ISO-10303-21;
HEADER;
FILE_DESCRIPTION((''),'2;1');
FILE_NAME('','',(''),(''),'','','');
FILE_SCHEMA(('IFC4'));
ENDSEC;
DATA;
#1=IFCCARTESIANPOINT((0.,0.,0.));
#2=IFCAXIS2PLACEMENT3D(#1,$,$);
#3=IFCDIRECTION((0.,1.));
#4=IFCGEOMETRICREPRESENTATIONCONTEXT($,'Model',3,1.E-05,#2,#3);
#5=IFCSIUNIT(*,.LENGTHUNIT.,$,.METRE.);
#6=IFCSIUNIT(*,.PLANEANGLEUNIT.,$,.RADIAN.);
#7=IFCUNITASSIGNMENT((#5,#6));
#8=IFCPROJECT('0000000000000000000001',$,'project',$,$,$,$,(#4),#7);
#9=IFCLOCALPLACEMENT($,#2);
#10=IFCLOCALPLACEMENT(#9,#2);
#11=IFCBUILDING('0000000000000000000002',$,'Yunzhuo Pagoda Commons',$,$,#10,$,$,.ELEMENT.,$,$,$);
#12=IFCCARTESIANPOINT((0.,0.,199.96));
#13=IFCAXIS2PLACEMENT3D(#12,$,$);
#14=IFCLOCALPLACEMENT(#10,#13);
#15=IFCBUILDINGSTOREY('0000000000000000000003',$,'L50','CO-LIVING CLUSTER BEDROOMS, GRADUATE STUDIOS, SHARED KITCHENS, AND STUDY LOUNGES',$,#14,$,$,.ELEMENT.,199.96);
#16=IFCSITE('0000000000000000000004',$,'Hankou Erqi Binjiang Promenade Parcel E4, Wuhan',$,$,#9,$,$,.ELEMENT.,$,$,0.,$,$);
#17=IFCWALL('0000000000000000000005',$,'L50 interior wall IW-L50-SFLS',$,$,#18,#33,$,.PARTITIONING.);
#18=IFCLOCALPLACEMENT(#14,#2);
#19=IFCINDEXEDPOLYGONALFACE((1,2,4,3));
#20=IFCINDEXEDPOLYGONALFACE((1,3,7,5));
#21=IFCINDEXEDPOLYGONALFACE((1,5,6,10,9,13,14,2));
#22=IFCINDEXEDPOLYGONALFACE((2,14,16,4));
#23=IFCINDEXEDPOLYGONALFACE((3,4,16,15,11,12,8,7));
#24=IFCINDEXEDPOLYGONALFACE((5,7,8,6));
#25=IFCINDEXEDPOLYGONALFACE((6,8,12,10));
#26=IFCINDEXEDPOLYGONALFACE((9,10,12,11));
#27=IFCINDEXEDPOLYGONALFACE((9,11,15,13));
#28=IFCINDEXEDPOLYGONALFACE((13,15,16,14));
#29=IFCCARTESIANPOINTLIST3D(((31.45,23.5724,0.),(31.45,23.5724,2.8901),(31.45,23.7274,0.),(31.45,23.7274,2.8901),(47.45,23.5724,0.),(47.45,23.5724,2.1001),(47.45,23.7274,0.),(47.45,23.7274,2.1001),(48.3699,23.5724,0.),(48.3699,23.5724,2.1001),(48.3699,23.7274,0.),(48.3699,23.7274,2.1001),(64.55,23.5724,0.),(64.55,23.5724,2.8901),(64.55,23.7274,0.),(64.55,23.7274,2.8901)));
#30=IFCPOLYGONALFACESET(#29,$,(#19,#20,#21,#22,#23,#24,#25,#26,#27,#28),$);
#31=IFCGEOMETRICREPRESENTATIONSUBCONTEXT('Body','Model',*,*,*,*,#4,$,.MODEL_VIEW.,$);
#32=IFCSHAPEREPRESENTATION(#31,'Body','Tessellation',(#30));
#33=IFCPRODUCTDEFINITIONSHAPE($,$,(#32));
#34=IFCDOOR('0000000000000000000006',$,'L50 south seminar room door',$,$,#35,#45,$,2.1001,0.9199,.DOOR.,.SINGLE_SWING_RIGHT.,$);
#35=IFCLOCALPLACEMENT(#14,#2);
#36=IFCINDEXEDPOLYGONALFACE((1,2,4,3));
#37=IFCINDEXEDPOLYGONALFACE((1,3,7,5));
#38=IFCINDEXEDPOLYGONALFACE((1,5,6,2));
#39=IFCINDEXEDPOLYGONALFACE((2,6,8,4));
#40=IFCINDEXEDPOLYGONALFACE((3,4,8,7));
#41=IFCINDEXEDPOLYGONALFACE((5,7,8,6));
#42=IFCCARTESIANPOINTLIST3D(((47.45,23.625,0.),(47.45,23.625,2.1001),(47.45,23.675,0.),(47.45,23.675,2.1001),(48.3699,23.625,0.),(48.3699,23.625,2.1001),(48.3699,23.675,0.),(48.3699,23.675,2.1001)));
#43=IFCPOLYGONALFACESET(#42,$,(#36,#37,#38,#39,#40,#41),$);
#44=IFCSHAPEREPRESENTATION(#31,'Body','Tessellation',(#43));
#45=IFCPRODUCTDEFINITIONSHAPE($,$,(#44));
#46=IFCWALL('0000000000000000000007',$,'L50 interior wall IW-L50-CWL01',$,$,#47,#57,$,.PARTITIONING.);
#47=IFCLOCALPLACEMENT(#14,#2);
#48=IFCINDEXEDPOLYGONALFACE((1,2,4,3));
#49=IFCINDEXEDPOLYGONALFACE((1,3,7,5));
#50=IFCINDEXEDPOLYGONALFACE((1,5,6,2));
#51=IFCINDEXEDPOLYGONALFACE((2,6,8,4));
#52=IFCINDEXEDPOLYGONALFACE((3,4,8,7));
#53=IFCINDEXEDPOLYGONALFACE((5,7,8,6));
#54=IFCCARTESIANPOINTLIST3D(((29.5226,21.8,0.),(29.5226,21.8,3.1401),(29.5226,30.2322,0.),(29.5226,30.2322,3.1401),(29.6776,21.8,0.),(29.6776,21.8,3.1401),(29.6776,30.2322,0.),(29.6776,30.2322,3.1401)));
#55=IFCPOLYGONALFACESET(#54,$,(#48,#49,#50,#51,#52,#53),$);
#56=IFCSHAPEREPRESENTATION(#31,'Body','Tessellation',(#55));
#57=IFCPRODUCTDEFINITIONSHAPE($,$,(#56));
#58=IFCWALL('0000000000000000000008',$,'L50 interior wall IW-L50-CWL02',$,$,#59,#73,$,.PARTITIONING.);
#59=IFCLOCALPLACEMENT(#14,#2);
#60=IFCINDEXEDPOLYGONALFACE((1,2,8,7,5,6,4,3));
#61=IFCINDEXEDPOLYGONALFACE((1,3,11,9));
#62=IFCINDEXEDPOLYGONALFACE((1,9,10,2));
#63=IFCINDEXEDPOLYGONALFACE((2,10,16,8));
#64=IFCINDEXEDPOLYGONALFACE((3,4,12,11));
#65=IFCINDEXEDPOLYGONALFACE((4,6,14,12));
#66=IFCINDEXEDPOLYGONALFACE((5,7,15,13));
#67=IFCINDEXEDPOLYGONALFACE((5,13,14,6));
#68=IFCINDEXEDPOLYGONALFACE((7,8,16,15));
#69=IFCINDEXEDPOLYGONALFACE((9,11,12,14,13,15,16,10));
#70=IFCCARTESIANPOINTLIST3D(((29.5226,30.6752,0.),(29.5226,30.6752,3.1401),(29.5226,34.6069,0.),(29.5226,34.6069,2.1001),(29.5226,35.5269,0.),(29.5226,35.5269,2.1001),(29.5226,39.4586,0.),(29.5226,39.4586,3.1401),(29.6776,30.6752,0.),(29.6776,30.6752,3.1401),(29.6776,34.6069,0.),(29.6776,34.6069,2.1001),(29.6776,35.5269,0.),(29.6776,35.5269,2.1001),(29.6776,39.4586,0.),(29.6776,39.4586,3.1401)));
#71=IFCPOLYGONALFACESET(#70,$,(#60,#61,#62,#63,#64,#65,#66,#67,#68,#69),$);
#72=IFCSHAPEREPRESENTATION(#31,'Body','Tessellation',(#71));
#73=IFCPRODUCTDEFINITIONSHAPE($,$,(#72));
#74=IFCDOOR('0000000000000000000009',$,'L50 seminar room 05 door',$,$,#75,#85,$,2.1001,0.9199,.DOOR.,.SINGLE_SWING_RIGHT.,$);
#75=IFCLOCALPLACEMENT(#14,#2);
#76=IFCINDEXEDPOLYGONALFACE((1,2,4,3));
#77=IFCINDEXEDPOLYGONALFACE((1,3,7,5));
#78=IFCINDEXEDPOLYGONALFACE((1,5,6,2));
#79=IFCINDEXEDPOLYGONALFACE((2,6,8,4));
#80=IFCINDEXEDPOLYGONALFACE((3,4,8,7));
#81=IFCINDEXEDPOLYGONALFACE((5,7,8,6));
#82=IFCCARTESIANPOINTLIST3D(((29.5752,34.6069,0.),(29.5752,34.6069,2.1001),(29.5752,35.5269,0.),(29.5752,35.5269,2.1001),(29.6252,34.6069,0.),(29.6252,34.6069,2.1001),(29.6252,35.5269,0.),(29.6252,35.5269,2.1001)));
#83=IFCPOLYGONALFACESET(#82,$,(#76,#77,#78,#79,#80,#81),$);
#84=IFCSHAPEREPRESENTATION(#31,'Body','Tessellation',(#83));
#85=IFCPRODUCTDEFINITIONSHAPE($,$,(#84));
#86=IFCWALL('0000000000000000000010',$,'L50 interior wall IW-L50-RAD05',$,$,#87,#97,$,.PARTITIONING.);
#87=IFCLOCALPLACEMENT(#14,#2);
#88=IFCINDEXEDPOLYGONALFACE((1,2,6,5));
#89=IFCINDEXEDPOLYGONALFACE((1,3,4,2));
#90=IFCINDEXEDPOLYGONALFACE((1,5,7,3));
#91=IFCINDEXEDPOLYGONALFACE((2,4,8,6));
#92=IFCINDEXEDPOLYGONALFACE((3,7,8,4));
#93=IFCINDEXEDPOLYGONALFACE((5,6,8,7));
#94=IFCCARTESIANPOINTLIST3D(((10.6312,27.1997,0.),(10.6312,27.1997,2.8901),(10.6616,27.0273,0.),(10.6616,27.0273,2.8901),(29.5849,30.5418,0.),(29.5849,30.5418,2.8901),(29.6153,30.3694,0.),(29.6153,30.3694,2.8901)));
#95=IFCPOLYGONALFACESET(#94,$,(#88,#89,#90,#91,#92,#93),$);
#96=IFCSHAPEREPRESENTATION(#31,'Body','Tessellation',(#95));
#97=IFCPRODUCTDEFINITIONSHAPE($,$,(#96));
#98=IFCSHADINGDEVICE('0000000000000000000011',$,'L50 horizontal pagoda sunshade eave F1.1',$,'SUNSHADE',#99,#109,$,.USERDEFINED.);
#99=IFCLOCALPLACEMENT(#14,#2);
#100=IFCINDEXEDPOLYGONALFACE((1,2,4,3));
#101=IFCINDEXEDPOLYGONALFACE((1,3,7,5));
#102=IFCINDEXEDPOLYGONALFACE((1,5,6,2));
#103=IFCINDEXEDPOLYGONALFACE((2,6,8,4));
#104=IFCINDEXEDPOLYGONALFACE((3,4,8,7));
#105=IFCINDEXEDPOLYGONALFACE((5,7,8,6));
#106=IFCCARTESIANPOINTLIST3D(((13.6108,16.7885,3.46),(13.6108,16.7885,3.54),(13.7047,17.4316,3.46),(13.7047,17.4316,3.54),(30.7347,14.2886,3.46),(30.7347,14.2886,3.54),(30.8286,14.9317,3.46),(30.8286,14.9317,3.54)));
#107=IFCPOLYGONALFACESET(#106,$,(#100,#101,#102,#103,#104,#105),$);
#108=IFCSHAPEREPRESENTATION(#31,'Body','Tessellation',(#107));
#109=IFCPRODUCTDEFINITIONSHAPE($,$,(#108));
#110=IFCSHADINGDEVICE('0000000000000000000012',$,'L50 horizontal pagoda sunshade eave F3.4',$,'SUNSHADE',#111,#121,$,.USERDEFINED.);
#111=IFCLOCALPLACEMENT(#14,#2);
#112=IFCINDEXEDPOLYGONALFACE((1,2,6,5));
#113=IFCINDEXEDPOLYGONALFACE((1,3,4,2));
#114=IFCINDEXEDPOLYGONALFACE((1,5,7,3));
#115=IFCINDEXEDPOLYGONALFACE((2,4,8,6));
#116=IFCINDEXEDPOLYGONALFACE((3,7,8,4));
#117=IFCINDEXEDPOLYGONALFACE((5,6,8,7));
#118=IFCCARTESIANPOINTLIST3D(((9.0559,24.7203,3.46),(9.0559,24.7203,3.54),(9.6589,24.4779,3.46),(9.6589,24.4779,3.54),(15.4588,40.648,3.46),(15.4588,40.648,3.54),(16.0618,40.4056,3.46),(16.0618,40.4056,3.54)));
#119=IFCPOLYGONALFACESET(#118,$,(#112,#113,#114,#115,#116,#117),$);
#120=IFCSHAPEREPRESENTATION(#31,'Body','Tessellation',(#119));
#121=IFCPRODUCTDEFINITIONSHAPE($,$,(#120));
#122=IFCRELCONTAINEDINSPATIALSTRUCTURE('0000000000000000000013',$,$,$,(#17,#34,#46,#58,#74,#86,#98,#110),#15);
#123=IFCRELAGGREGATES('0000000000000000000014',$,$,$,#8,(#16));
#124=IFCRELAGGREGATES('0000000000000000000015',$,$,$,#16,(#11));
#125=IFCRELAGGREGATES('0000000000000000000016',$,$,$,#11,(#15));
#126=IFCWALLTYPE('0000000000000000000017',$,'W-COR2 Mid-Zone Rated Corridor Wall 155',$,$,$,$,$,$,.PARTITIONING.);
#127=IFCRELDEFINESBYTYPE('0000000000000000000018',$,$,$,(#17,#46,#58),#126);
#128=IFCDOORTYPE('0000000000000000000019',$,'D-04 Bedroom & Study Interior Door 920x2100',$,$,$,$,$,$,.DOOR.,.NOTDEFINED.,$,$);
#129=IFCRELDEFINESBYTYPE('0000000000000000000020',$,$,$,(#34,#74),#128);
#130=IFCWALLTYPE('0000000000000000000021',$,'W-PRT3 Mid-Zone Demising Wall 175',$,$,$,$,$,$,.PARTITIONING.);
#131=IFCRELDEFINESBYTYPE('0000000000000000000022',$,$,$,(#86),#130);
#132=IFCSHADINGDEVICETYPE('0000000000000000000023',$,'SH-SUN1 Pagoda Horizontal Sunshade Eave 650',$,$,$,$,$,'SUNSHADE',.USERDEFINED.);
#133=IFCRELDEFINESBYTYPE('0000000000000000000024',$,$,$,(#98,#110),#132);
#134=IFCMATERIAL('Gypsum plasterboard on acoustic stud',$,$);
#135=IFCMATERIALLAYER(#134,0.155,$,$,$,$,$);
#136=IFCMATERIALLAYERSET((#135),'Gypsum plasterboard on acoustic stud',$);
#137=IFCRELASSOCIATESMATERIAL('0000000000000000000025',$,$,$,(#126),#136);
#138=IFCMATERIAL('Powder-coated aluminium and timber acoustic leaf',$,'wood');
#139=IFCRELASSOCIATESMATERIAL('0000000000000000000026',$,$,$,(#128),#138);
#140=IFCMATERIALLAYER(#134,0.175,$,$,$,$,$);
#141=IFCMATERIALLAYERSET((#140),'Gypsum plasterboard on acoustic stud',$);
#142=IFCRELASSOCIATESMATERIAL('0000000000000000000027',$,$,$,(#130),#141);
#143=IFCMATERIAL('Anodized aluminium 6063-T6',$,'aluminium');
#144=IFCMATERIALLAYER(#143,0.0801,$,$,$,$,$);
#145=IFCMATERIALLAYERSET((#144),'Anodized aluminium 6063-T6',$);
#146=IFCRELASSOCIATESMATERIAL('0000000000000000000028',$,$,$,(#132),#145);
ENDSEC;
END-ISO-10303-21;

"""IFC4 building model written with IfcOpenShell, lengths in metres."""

from ifc_helpers import new_model, si_unit, direction, frame, frame_2d, origin, origin_with_axes, origin_2d, place, context, subcontext, project, spatial, rectangle, extrude, source, transform, mapped, material, layer, layer_set, type_object, element, fill, save


model = new_model("IFC4")

# Units and contexts
model_context = context("Model", 3, precision=1e-05, world=origin(), true_north=direction((0.0, 1.0)))
body_context = subcontext(model_context, "Body", "Model", "MODEL_VIEW")
ifc_project = project(units=[si_unit("LENGTHUNIT", "METRE"), si_unit("PLANEANGLEUNIT", "RADIAN")], contexts=[model_context])

# Site, building, storey
site_placement = place(None, origin())
site = spatial("IfcSite", under=ifc_project, at=site_placement, Name="Hankou Erqi Binjiang Promenade Parcel E4, Wuhan", CompositionType="ELEMENT", RefElevation=0.0)
building_placement = place(site_placement, origin())
building = spatial("IfcBuilding", under=site, at=building_placement, Name="Yunzhuo Pagoda Commons", CompositionType="ELEMENT")
storey_placement = place(building_placement, frame((0.0, 0.0, 199.96)))
storey = spatial("IfcBuildingStorey", under=building, at=storey_placement, Name="L50", Description="CO-LIVING CLUSTER BEDROOMS, GRADUATE STUDIOS, SHARED KITCHENS, AND STUDY LOUNGES", CompositionType="ELEMENT", Elevation=199.96)

# Shared definitions
ifc_material_1 = material(Name="Anodized aluminium 6063-T6", Category="aluminium")

# Wall, opening, door
ifc_material_2 = material(Name="Gypsum plasterboard on acoustic stud")
ifc_layer_1 = layer(ifc_material_2, 0.155)
ifc_layer_set_1 = layer_set([ifc_layer_1], Name="Gypsum plasterboard on acoustic stud")
wall_type_1 = type_object("IfcWallType", Name="W-COR2 Mid-Zone Rated Corridor Wall 155", PredefinedType="PARTITIONING", material=ifc_layer_set_1)
ifc_material_3 = material(Name="Powder-coated aluminium and timber acoustic leaf", Category="wood")
wall_1_placement = place(storey_placement, frame((31.45, 23.6499, 0.0), z_axis=(0.0, 0.0, 1.0), x_axis=(1.0, 0.0, 0.0)))
wall_1 = element("IfcWall", 1, at=wall_1_placement, inside=storey, type_object=wall_type_1, Name="L50 interior wall IW-L50-SFLS", PredefinedType="PARTITIONING", context=body_context, shape_type="SweptSolid", body=[
    extrude(rectangle(XDim=33.1001, YDim=0.155, at=frame_2d((16.55, 0.0))), origin(), (0.0, 0.0, 1.0), 2.8901),
])
opening_1_placement = place(wall_1_placement, frame((16.0, 0.0, 0.0)))
opening_1 = element("IfcOpeningElement", 2, at=opening_1_placement, cuts=wall_1, PredefinedType="OPENING", context=body_context, shape_type="SweptSolid", body=[
    extrude(rectangle(XDim=0.9199, YDim=2.1001, at=frame_2d((0.46, 1.05))), frame((0.0, 0.0874, 0.0), z_axis=(0.0, -1.0, 0.0), x_axis=(1.0, 0.0, 0.0)), (0.0, 0.0, 1.0), 0.175),
])
door_type_1 = type_object("IfcDoorType", Name="D-04 Bedroom & Study Interior Door 920x2100", OperationType="NOTDEFINED", PredefinedType="DOOR", material=ifc_material_3)
shared_shape_1 = source(origin(), body_context, "Body", "SweptSolid", [
    extrude(rectangle(XDim=0.9199, YDim=2.1001, at=frame_2d((0.46, 1.05))), frame((0.0, 0.0249, 0.0), z_axis=(0.0, -1.0, 0.0), x_axis=(1.0, 0.0, 0.0)), (0.0, 0.0, 1.0), 0.05),
])
door_1_placement = place(opening_1_placement, frame((0.9199, 0.0, 0.0), z_axis=(0.0, 0.0, 1.0), x_axis=(-1.0, 0.0, 0.0)))
door_1 = element("IfcDoor", 3, at=door_1_placement, inside=storey, type_object=door_type_1, Name="L50 south seminar room door", OperationType="SINGLE_SWING_RIGHT", OverallHeight=2.1001, OverallWidth=0.9199, PredefinedType="DOOR", context=body_context, shape_type="MappedRepresentation", body=[
    mapped(shared_shape_1, transform((0.0, 0.0, 0.0), scale=1.0)),
])
fill(opening_1, door_1)

# Wall
wall_2_placement = place(storey_placement, frame((29.6001, 21.8, 0.0), z_axis=(0.0, 0.0, 1.0), x_axis=(0.0, 1.0, 0.0)))
element("IfcWall", 4, at=wall_2_placement, inside=storey, type_object=wall_type_1, Name="L50 interior wall IW-L50-CWL01", PredefinedType="PARTITIONING", context=body_context, shape_type="SweptSolid", body=[
    extrude(rectangle(XDim=8.4321, YDim=0.155, at=frame_2d((4.2161, 0.0))), origin(), (0.0, 0.0, 1.0), 3.1401),
])

# Wall, opening, door
wall_3_placement = place(storey_placement, frame((29.6001, 30.6753, 0.0), z_axis=(0.0, 0.0, 1.0), x_axis=(0.0, 1.0, 0.0)))
wall_3 = element("IfcWall", 5, at=wall_3_placement, inside=storey, type_object=wall_type_1, Name="L50 interior wall IW-L50-CWL02", PredefinedType="PARTITIONING", context=body_context, shape_type="SweptSolid", body=[
    extrude(rectangle(XDim=8.7834, YDim=0.155, at=frame_2d((4.3916, 0.0))), origin(), (0.0, 0.0, 1.0), 3.1401),
])
opening_2_placement = place(wall_3_placement, frame((3.9316, 0.0, 0.0)))
opening_2 = element("IfcOpeningElement", 6, at=opening_2_placement, cuts=wall_3, PredefinedType="OPENING", context=body_context, shape_type="SweptSolid", body=[
    extrude(rectangle(XDim=0.9199, YDim=2.1001, at=frame_2d((0.46, 1.05))), frame((0.0, 0.0874, 0.0), z_axis=(0.0, -1.0, 0.0), x_axis=(1.0, 0.0, 0.0)), (0.0, 0.0, 1.0), 0.175),
])
door_2_placement = place(opening_2_placement, origin_with_axes())
door_2 = element("IfcDoor", 7, at=door_2_placement, inside=storey, type_object=door_type_1, Name="L50 seminar room 05 door", OperationType="SINGLE_SWING_RIGHT", OverallHeight=2.1001, OverallWidth=0.9199, PredefinedType="DOOR", context=body_context, shape_type="MappedRepresentation", body=[
    mapped(shared_shape_1, transform((0.0, 0.0, 0.0), scale=1.0)),
])
fill(opening_2, door_2)

# Wall
ifc_layer_2 = layer(ifc_material_2, 0.175)
ifc_layer_set_2 = layer_set([ifc_layer_2], Name="Gypsum plasterboard on acoustic stud")
wall_type_2 = type_object("IfcWallType", Name="W-PRT3 Mid-Zone Demising Wall 175", PredefinedType="PARTITIONING", material=ifc_layer_set_2)
wall_4_placement = place(storey_placement, frame((29.6001, 30.4556, 0.0), z_axis=(0.0, 0.0, 1.0), x_axis=(-0.984808, -0.173649, 0.0)))
element("IfcWall", 8, at=wall_4_placement, inside=storey, type_object=wall_type_2, Name="L50 interior wall IW-L50-RAD05", PredefinedType="PARTITIONING", context=body_context, shape_type="SweptSolid", body=[
    extrude(rectangle(XDim=19.2461, YDim=0.175, at=frame_2d((9.623, 0.0))), origin(), (0.0, 0.0, 1.0), 2.8901),
])

# Shading devices
ifc_layer_3 = layer(ifc_material_1, 0.0801)
ifc_layer_set_3 = layer_set([ifc_layer_3], Name="Anodized aluminium 6063-T6")
shading_device_type = type_object("IfcShadingDeviceType", Name="SH-SUN1 Pagoda Horizontal Sunshade Eave 650", ElementType="SUNSHADE", PredefinedType="USERDEFINED", material=ifc_layer_set_3)
shared_shape_2 = source(origin(), body_context, "Body", "SweptSolid", [
    extrude(rectangle(XDim=17.3054, YDim=0.6499, at=origin_2d()), origin(), (0.0, 0.0, 1.0), 0.0801),
])
shading_device_1_placement = place(storey_placement, frame((22.2197, 15.8601, 3.46), z_axis=(0.0, 0.0, 1.0), x_axis=(0.989511, -0.14446, 0.0)))
element("IfcShadingDevice", 9, at=shading_device_1_placement, inside=storey, type_object=shading_device_type, Name="L50 horizontal pagoda sunshade eave F1.1", ObjectType="SUNSHADE", PredefinedType="USERDEFINED", context=body_context, shape_type="MappedRepresentation", body=[
    mapped(shared_shape_2, transform((0.0, 0.0, 0.0), scale=1.0)),
])
shared_shape_3 = source(origin(), body_context, "Body", "SweptSolid", [
    extrude(rectangle(XDim=17.1665, YDim=0.6499, at=origin_2d()), origin(), (0.0, 0.0, 1.0), 0.0801),
])
shading_device_2_placement = place(storey_placement, frame((12.5588, 32.563, 3.46), z_axis=(0.0, 0.0, 1.0), x_axis=(-0.372988, -0.927836, 0.0)))
element("IfcShadingDevice", 10, at=shading_device_2_placement, inside=storey, type_object=shading_device_type, Name="L50 horizontal pagoda sunshade eave F3.4", ObjectType="SUNSHADE", PredefinedType="USERDEFINED", context=body_context, shape_type="MappedRepresentation", body=[
    mapped(shared_shape_3, transform((0.0, 0.0, 0.0), scale=1.0)),
])

save(model, "model.ifc")
